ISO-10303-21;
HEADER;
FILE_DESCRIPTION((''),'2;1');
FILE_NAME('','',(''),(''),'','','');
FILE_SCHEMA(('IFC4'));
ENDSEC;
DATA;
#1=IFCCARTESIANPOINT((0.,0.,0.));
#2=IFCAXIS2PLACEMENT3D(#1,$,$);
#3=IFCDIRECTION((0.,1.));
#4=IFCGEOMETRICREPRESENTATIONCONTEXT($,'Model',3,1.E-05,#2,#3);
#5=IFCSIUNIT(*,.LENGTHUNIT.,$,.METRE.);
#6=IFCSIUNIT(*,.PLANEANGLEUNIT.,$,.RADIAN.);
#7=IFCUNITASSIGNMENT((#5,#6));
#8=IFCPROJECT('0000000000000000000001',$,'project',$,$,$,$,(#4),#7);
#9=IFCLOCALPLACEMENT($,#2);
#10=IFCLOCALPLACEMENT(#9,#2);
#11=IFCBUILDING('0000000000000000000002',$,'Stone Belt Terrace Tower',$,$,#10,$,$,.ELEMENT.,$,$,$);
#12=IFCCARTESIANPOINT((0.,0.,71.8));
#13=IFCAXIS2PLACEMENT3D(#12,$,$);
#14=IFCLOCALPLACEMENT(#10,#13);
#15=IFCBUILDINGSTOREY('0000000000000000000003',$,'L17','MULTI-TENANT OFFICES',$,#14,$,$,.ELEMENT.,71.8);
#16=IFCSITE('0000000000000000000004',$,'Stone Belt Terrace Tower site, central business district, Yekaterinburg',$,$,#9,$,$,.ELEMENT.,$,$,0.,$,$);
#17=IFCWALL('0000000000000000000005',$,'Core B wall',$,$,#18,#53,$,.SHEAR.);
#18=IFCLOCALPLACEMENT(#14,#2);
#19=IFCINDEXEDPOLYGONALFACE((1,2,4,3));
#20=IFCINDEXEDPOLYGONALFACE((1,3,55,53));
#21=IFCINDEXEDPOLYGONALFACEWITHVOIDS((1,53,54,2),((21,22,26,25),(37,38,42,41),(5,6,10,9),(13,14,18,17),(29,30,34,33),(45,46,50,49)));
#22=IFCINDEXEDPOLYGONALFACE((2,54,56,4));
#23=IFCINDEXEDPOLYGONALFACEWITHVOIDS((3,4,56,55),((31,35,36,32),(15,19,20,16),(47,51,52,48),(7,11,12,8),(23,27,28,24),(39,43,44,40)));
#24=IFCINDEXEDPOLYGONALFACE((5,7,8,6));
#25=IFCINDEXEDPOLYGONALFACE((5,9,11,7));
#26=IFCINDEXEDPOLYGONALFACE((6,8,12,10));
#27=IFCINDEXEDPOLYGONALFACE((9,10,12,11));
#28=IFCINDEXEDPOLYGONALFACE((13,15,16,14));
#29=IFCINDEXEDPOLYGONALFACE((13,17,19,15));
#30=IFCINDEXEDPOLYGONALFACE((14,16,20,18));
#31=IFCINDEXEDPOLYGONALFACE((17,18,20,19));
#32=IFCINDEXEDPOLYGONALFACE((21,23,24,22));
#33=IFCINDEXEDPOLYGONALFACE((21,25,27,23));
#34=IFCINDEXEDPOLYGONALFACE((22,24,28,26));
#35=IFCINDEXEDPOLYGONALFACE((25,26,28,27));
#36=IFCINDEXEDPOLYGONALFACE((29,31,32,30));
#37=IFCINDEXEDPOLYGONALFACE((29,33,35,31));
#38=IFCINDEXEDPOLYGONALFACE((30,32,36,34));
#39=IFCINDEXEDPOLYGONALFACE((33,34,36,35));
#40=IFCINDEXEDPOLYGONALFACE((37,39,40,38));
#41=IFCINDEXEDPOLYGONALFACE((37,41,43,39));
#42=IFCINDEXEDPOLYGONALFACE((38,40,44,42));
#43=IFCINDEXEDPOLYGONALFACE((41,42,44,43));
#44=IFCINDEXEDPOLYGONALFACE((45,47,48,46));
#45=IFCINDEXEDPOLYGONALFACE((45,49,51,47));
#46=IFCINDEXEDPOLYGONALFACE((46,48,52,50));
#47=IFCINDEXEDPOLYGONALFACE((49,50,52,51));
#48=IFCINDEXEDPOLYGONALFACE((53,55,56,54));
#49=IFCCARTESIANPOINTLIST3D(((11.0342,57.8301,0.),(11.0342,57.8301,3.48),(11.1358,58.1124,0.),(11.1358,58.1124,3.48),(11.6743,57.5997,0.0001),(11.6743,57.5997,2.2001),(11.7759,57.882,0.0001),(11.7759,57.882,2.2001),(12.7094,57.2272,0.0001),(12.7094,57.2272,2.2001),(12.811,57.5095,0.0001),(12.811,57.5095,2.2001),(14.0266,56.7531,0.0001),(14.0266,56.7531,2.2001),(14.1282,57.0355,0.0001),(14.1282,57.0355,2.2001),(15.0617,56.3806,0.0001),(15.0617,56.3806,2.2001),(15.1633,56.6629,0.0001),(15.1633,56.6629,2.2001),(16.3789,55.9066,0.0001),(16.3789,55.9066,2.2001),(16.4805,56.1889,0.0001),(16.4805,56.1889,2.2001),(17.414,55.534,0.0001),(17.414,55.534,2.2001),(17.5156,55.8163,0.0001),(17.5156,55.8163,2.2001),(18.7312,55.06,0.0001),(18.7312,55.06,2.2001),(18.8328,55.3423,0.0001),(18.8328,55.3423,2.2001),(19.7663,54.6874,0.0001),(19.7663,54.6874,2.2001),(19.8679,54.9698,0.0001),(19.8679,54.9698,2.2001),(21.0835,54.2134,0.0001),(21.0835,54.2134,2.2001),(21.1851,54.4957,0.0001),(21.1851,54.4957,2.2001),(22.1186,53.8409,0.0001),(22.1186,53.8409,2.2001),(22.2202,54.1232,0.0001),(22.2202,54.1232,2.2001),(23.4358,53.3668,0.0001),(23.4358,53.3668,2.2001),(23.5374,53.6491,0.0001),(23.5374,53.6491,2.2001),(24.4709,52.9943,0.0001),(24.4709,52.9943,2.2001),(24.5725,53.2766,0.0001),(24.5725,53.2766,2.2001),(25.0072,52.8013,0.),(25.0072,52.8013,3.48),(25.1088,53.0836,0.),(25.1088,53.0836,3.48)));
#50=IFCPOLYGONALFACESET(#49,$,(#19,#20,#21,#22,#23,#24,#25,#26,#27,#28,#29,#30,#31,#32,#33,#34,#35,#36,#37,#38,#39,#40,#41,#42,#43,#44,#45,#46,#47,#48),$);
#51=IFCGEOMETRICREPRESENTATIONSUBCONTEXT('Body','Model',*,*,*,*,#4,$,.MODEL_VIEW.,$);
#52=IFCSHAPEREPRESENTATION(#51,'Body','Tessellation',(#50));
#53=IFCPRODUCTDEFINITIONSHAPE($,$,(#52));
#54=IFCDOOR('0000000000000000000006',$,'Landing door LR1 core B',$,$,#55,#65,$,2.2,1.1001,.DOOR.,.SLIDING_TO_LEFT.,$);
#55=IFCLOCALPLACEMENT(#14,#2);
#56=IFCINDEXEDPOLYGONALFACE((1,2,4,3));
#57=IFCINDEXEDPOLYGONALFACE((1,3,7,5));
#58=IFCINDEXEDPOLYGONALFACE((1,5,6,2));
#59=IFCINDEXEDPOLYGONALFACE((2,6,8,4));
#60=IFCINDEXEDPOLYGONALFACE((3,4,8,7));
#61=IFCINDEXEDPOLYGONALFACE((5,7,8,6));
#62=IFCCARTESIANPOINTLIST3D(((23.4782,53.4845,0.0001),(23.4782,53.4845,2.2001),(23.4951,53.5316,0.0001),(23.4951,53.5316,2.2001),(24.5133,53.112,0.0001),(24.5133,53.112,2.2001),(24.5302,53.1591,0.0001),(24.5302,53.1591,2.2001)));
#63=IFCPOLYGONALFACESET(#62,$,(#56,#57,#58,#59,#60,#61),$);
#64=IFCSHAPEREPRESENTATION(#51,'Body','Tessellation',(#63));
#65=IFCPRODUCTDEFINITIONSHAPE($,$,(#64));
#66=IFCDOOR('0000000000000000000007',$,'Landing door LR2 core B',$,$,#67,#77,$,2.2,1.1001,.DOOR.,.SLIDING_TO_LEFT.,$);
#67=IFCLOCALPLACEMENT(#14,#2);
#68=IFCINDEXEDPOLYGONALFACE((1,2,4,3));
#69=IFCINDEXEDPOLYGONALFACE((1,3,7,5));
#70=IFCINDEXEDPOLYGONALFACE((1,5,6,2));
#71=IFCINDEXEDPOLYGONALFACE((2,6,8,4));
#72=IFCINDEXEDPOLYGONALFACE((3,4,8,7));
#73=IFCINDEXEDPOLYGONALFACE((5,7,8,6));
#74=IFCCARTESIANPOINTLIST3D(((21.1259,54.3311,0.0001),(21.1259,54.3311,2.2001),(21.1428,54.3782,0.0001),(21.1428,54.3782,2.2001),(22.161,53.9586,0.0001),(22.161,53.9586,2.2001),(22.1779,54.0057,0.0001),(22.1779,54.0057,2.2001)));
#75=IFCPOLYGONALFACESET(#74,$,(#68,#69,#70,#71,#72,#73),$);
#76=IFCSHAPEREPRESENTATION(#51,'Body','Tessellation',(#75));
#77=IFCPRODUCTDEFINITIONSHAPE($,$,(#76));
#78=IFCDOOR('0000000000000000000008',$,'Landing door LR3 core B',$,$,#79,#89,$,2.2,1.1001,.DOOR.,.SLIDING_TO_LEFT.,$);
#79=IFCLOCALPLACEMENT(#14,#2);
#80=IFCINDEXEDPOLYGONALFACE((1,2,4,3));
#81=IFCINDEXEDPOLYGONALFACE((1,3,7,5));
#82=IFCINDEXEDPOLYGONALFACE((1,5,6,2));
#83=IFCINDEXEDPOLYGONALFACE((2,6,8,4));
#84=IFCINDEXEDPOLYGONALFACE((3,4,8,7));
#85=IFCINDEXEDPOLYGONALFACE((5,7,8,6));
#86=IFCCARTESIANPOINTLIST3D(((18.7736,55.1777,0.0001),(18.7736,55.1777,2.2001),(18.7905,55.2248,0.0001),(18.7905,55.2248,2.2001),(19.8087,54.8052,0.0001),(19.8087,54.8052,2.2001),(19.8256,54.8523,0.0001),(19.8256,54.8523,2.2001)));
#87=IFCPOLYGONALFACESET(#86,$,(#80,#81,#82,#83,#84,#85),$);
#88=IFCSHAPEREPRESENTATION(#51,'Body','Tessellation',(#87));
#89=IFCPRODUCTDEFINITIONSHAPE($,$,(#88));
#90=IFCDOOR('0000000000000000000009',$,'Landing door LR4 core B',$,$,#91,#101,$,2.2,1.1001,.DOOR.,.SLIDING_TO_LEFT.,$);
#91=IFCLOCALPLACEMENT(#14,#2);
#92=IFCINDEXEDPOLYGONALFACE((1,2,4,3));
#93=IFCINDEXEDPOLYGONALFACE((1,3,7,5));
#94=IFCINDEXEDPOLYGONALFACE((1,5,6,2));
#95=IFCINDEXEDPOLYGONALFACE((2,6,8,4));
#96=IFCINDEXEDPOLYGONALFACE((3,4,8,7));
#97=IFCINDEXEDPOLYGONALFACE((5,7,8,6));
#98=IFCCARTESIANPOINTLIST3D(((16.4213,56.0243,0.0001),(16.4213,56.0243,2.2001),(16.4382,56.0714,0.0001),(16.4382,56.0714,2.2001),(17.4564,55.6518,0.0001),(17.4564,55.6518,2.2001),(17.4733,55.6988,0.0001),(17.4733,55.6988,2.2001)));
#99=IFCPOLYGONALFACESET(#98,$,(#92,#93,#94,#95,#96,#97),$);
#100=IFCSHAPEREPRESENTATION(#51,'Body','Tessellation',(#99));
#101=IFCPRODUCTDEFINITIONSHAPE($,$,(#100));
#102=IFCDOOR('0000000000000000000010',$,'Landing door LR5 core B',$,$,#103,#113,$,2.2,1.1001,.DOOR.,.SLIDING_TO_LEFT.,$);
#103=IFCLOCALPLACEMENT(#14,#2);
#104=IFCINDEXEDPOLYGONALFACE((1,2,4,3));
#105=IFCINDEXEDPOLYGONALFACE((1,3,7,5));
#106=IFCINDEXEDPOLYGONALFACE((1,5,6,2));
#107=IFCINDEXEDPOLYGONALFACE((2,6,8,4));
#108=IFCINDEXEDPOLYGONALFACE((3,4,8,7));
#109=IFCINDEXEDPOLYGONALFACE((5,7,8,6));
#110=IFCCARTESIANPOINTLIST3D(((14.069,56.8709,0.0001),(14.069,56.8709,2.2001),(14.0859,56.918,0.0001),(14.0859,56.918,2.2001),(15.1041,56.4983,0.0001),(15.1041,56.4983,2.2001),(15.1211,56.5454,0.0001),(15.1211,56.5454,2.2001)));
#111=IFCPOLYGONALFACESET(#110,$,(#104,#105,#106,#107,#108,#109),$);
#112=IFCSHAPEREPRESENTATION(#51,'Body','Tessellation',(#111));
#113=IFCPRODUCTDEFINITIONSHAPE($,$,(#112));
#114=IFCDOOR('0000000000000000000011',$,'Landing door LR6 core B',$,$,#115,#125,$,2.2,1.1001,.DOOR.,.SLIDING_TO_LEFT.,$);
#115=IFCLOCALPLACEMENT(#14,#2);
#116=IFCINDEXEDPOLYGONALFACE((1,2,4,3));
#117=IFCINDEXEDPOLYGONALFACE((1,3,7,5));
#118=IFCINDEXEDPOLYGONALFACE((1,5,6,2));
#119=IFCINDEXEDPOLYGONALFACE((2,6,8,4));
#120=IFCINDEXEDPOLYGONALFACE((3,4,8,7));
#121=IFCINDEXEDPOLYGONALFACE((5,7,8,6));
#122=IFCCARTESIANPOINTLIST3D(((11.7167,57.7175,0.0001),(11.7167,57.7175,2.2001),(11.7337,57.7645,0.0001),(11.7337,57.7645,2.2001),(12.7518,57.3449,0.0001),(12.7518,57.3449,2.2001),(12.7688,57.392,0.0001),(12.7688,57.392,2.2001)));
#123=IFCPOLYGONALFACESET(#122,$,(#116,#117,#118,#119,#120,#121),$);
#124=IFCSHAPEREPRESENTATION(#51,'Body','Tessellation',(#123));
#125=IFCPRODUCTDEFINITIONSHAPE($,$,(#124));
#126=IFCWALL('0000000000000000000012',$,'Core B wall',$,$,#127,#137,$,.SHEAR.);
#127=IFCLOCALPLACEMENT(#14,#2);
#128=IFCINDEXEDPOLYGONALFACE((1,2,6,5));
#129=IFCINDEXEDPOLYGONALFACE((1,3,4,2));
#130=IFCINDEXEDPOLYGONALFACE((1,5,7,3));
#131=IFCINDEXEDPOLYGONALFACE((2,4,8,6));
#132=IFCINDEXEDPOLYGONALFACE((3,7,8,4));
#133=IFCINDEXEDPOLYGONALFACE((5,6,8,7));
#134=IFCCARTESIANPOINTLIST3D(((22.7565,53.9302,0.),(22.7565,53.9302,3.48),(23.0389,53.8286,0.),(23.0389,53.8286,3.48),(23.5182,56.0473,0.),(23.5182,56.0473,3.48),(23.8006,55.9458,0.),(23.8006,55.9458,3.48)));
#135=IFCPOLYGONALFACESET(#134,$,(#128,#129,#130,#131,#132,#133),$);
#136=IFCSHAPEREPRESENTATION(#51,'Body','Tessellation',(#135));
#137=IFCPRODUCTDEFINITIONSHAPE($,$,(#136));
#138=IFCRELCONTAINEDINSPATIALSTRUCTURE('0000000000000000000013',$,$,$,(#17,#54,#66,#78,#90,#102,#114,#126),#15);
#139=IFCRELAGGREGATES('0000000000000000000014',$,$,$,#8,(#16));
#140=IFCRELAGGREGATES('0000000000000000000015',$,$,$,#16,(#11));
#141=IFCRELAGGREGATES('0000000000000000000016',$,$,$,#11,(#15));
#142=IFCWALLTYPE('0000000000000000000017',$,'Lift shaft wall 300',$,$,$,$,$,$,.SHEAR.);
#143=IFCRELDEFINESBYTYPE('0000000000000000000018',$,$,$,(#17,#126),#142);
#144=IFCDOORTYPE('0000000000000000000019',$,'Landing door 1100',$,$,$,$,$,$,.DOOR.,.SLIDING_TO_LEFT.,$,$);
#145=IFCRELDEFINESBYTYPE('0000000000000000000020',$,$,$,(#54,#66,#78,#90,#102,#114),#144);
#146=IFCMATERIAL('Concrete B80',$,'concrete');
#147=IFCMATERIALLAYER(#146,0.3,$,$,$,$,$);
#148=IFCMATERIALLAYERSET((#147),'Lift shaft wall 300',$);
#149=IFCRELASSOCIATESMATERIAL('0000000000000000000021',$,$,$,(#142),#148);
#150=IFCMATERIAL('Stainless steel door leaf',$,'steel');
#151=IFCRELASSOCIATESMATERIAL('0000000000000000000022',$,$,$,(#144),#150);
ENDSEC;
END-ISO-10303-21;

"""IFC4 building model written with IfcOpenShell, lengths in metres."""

from ifc_helpers import new_model, si_unit, direction, frame, frame_2d, origin, place, context, subcontext, project, spatial, rectangle, extrude, material, layer, layer_set, type_object, element, fill, save


model = new_model("IFC4")

# Units and contexts
model_context = context("Model", 3, precision=1e-05, world=origin(), true_north=direction((0.0, 1.0)))
body_context = subcontext(model_context, "Body", "Model", "MODEL_VIEW")
ifc_project = project(units=[si_unit("LENGTHUNIT", "METRE"), si_unit("PLANEANGLEUNIT", "RADIAN")], contexts=[model_context])

# Site, building, storey
site_placement = place(None, origin())
site = spatial("IfcSite", under=ifc_project, at=site_placement, Name="Stone Belt Terrace Tower site, central business district, Yekaterinburg", CompositionType="ELEMENT", RefElevation=0.0)
building_placement = place(site_placement, origin())
building = spatial("IfcBuilding", under=site, at=building_placement, Name="Stone Belt Terrace Tower", CompositionType="ELEMENT")
storey_placement = place(building_placement, frame((0.0, 0.0, 71.8)))
storey = spatial("IfcBuildingStorey", under=building, at=storey_placement, Name="L17", Description="MULTI-TENANT OFFICES", CompositionType="ELEMENT", Elevation=71.8)

# Shared definitions
ifc_material_1 = material(Name="Concrete B80", Category="concrete")

# Shared definitions
ifc_layer_1 = layer(ifc_material_1, 0.3)
ifc_layer_set_1 = layer_set([ifc_layer_1], Name="Lift shaft wall 300")
wall_type_1 = type_object("IfcWallType", Name="Lift shaft wall 300", PredefinedType="SHEAR", material=ifc_layer_set_1)
ifc_material_2 = material(Name="Stainless steel door leaf", Category="steel")

# Wall, openings, doors
wall_1_placement = place(storey_placement, frame((25.0581, 52.9424, 0.0), z_axis=(0.0, 0.0, 1.0), x_axis=(-0.940918, 0.338634, 0.0)))
wall_1 = element("IfcWall", 1, at=wall_1_placement, inside=storey, type_object=wall_type_1, Name="Core B wall", PredefinedType="SHEAR", context=body_context, shape_type="SweptSolid", body=[
    extrude(rectangle(XDim=14.8503, YDim=0.3, at=frame_2d((7.4253, 0.0))), origin(), (0.0, 0.0, 1.0), 3.48),
])
opening_1_placement = place(wall_1_placement, frame((0.5701, 0.0, 0.0)))
opening_1 = element("IfcOpeningElement", 2, at=opening_1_placement, cuts=wall_1, PredefinedType="OPENING", context=body_context, shape_type="SweptSolid", body=[
    extrude(rectangle(XDim=1.1001, YDim=2.2, at=frame_2d((0.55, 1.1001))), frame((0.0, 0.1599, 0.0), z_axis=(0.0, -1.0, 0.0), x_axis=(1.0, 0.0, 0.0)), (0.0, 0.0, 1.0), 0.3201),
])
opening_2_placement = place(wall_1_placement, frame((3.0701, 0.0, 0.0)))
opening_2 = element("IfcOpeningElement", 3, at=opening_2_placement, cuts=wall_1, PredefinedType="OPENING", context=body_context, shape_type="SweptSolid", body=[
    extrude(rectangle(XDim=1.1001, YDim=2.2, at=frame_2d((0.55, 1.1001))), frame((0.0, 0.1599, 0.0), z_axis=(0.0, -1.0, 0.0), x_axis=(1.0, 0.0, 0.0)), (0.0, 0.0, 1.0), 0.3201),
])
opening_3_placement = place(wall_1_placement, frame((5.5701, 0.0, 0.0)))
opening_3 = element("IfcOpeningElement", 4, at=opening_3_placement, cuts=wall_1, PredefinedType="OPENING", context=body_context, shape_type="SweptSolid", body=[
    extrude(rectangle(XDim=1.1001, YDim=2.2, at=frame_2d((0.55, 1.1001))), frame((0.0, 0.1599, 0.0), z_axis=(0.0, -1.0, 0.0), x_axis=(1.0, 0.0, 0.0)), (0.0, 0.0, 1.0), 0.3201),
])
opening_4_placement = place(wall_1_placement, frame((8.0701, 0.0, 0.0)))
opening_4 = element("IfcOpeningElement", 5, at=opening_4_placement, cuts=wall_1, PredefinedType="OPENING", context=body_context, shape_type="SweptSolid", body=[
    extrude(rectangle(XDim=1.1001, YDim=2.2, at=frame_2d((0.55, 1.1001))), frame((0.0, 0.1599, 0.0), z_axis=(0.0, -1.0, 0.0), x_axis=(1.0, 0.0, 0.0)), (0.0, 0.0, 1.0), 0.3201),
])
opening_5_placement = place(wall_1_placement, frame((10.5701, 0.0, 0.0)))
opening_5 = element("IfcOpeningElement", 6, at=opening_5_placement, cuts=wall_1, PredefinedType="OPENING", context=body_context, shape_type="SweptSolid", body=[
    extrude(rectangle(XDim=1.1001, YDim=2.2, at=frame_2d((0.55, 1.1001))), frame((0.0, 0.1599, 0.0), z_axis=(0.0, -1.0, 0.0), x_axis=(1.0, 0.0, 0.0)), (0.0, 0.0, 1.0), 0.3201),
])
opening_6_placement = place(wall_1_placement, frame((13.0701, 0.0, 0.0)))
opening_6 = element("IfcOpeningElement", 7, at=opening_6_placement, cuts=wall_1, PredefinedType="OPENING", context=body_context, shape_type="SweptSolid", body=[
    extrude(rectangle(XDim=1.1001, YDim=2.2, at=frame_2d((0.55, 1.1001))), frame((0.0, 0.1599, 0.0), z_axis=(0.0, -1.0, 0.0), x_axis=(1.0, 0.0, 0.0)), (0.0, 0.0, 1.0), 0.3201),
])
door_type_1 = type_object("IfcDoorType", Name="Landing door 1100", OperationType="SLIDING_TO_LEFT", PredefinedType="DOOR", material=ifc_material_2)
door_1_placement = place(opening_1_placement, origin())
door_1 = element("IfcDoor", 8, at=door_1_placement, inside=storey, type_object=door_type_1, Name="Landing door LR1 core B", OperationType="SLIDING_TO_LEFT", OverallHeight=2.2, OverallWidth=1.1001, PredefinedType="DOOR", context=body_context, shape_type="SweptSolid", body=[
    extrude(rectangle(XDim=1.1001, YDim=2.2, at=frame_2d((0.55, 1.1001))), frame((0.0, 0.0249, 0.0), z_axis=(0.0, -1.0, 0.0), x_axis=(1.0, 0.0, 0.0)), (0.0, 0.0, 1.0), 0.05),
])
fill(opening_1, door_1)
door_2_placement = place(opening_2_placement, origin())
door_2 = element("IfcDoor", 9, at=door_2_placement, inside=storey, type_object=door_type_1, Name="Landing door LR2 core B", OperationType="SLIDING_TO_LEFT", OverallHeight=2.2, OverallWidth=1.1001, PredefinedType="DOOR", context=body_context, shape_type="SweptSolid", body=[
    extrude(rectangle(XDim=1.1001, YDim=2.2, at=frame_2d((0.55, 1.1001))), frame((0.0, 0.0249, 0.0), z_axis=(0.0, -1.0, 0.0), x_axis=(1.0, 0.0, 0.0)), (0.0, 0.0, 1.0), 0.05),
])
fill(opening_2, door_2)
door_3_placement = place(opening_3_placement, origin())
door_3 = element("IfcDoor", 10, at=door_3_placement, inside=storey, type_object=door_type_1, Name="Landing door LR3 core B", OperationType="SLIDING_TO_LEFT", OverallHeight=2.2, OverallWidth=1.1001, PredefinedType="DOOR", context=body_context, shape_type="SweptSolid", body=[
    extrude(rectangle(XDim=1.1001, YDim=2.2, at=frame_2d((0.55, 1.1001))), frame((0.0, 0.0249, 0.0), z_axis=(0.0, -1.0, 0.0), x_axis=(1.0, 0.0, 0.0)), (0.0, 0.0, 1.0), 0.05),
])
fill(opening_3, door_3)
door_4_placement = place(opening_4_placement, origin())
door_4 = element("IfcDoor", 11, at=door_4_placement, inside=storey, type_object=door_type_1, Name="Landing door LR4 core B", OperationType="SLIDING_TO_LEFT", OverallHeight=2.2, OverallWidth=1.1001, PredefinedType="DOOR", context=body_context, shape_type="SweptSolid", body=[
    extrude(rectangle(XDim=1.1001, YDim=2.2, at=frame_2d((0.55, 1.1001))), frame((0.0, 0.0249, 0.0), z_axis=(0.0, -1.0, 0.0), x_axis=(1.0, 0.0, 0.0)), (0.0, 0.0, 1.0), 0.05),
])
fill(opening_4, door_4)
door_5_placement = place(opening_5_placement, origin())
door_5 = element("IfcDoor", 12, at=door_5_placement, inside=storey, type_object=door_type_1, Name="Landing door LR5 core B", OperationType="SLIDING_TO_LEFT", OverallHeight=2.2, OverallWidth=1.1001, PredefinedType="DOOR", context=body_context, shape_type="SweptSolid", body=[
    extrude(rectangle(XDim=1.1001, YDim=2.2, at=frame_2d((0.55, 1.1001))), frame((0.0, 0.0249, 0.0), z_axis=(0.0, -1.0, 0.0), x_axis=(1.0, 0.0, 0.0)), (0.0, 0.0, 1.0), 0.05),
])
fill(opening_5, door_5)
door_6_placement = place(opening_6_placement, origin())
door_6 = element("IfcDoor", 13, at=door_6_placement, inside=storey, type_object=door_type_1, Name="Landing door LR6 core B", OperationType="SLIDING_TO_LEFT", OverallHeight=2.2, OverallWidth=1.1001, PredefinedType="DOOR", context=body_context, shape_type="SweptSolid", body=[
    extrude(rectangle(XDim=1.1001, YDim=2.2, at=frame_2d((0.55, 1.1001))), frame((0.0, 0.0249, 0.0), z_axis=(0.0, -1.0, 0.0), x_axis=(1.0, 0.0, 0.0)), (0.0, 0.0, 1.0), 0.05),
])
fill(opening_6, door_6)

# Wall
wall_2_placement = place(storey_placement, frame((22.8977, 53.8794, 0.0), z_axis=(0.0, 0.0, 1.0), x_axis=(0.338535, 0.940954, 0.0)))
element("IfcWall", 14, at=wall_2_placement, inside=storey, type_object=wall_type_1, Name="Core B wall", PredefinedType="SHEAR", context=body_context, shape_type="SweptSolid", body=[
    extrude(rectangle(XDim=2.25, YDim=0.3, at=frame_2d((1.125, 0.0))), origin(), (0.0, 0.0, 1.0), 3.48),
])

save(model, "model.ifc")
